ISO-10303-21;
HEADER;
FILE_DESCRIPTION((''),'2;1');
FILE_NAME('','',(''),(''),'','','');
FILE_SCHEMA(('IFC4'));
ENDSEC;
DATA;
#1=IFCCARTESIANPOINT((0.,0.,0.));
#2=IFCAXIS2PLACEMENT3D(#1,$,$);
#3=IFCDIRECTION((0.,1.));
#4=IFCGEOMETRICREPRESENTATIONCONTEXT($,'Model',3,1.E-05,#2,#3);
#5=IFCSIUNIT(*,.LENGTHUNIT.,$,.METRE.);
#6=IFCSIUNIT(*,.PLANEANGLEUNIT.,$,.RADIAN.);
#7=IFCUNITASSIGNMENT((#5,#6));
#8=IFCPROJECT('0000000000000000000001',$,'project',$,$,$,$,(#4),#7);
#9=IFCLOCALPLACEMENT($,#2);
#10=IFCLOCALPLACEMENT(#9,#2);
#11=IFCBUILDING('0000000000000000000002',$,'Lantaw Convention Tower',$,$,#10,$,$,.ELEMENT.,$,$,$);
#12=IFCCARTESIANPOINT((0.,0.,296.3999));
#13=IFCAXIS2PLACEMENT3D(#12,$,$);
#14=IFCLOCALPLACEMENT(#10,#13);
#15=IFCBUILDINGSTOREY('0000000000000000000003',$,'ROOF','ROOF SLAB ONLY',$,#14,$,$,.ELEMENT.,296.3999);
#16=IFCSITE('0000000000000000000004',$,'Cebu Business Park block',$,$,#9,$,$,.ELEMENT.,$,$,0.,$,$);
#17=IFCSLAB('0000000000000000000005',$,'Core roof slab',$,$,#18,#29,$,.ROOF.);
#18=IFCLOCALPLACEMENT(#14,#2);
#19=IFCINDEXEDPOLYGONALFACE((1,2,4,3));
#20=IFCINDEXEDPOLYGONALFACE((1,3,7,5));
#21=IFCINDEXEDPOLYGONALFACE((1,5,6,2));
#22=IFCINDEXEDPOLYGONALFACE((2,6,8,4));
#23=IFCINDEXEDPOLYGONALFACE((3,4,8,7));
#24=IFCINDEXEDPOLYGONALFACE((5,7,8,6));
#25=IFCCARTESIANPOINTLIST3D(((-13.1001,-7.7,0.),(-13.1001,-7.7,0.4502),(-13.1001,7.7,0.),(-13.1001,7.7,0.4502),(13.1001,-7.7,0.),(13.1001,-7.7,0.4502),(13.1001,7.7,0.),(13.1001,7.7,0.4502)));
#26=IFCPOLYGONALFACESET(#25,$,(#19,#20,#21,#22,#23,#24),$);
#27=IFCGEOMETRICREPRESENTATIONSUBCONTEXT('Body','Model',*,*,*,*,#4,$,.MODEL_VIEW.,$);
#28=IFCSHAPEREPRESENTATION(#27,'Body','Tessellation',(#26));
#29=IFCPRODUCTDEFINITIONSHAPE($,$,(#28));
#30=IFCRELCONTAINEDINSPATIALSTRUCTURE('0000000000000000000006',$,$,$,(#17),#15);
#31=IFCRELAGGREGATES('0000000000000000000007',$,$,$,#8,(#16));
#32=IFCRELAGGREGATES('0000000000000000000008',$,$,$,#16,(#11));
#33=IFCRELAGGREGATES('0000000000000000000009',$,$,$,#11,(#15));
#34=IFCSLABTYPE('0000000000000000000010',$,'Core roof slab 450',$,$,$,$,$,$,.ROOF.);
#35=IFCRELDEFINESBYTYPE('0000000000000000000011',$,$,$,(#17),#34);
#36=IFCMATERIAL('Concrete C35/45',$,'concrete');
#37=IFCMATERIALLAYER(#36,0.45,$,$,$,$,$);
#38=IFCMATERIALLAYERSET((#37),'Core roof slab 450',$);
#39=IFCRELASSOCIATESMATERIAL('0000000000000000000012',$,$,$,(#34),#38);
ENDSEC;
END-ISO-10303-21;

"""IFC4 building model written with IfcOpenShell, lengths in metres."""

from ifc_helpers import new_model, si_unit, direction, frame, origin, place, context, subcontext, project, spatial, polyline, outline, extrude, material, layer, layer_set, type_object, element, save


model = new_model("IFC4")

# Units and contexts
model_context = context("Model", 3, precision=1e-05, world=origin(), true_north=direction((0.0, 1.0)))
body_context = subcontext(model_context, "Body", "Model", "MODEL_VIEW")
ifc_project = project(units=[si_unit("LENGTHUNIT", "METRE"), si_unit("PLANEANGLEUNIT", "RADIAN")], contexts=[model_context])

# Site, building, storey
site_placement = place(None, origin())
site = spatial("IfcSite", under=ifc_project, at=site_placement, Name="Cebu Business Park block", CompositionType="ELEMENT", RefElevation=0.0)
building_placement = place(site_placement, origin())
building = spatial("IfcBuilding", under=site, at=building_placement, Name="Lantaw Convention Tower", CompositionType="ELEMENT")
storey_placement = place(building_placement, frame((0.0, 0.0, 296.3999)))
storey = spatial("IfcBuildingStorey", under=building, at=storey_placement, Name="ROOF", Description="ROOF SLAB ONLY", CompositionType="ELEMENT", Elevation=296.3999)

# Slab
ifc_material = material(Name="Concrete C35/45", Category="concrete")
ifc_layer = layer(ifc_material, 0.45)
ifc_layer_set = layer_set([ifc_layer], Name="Core roof slab 450")
slab_type = type_object("IfcSlabType", Name="Core roof slab 450", PredefinedType="ROOF", material=ifc_layer_set)
slab_placement = place(storey_placement, origin())
element("IfcSlab", 1, at=slab_placement, inside=storey, type_object=slab_type, Name="Core roof slab", PredefinedType="ROOF", context=body_context, shape_type="SweptSolid", body=[
    extrude(outline(polyline([(-13.1001, -7.7), (13.1001, -7.7), (13.1001, 7.7), (-13.1001, 7.7), (-13.1001, -7.7)])), origin(), (0.0, 0.0, 1.0), 0.4502),
])

save(model, "model.ifc")
